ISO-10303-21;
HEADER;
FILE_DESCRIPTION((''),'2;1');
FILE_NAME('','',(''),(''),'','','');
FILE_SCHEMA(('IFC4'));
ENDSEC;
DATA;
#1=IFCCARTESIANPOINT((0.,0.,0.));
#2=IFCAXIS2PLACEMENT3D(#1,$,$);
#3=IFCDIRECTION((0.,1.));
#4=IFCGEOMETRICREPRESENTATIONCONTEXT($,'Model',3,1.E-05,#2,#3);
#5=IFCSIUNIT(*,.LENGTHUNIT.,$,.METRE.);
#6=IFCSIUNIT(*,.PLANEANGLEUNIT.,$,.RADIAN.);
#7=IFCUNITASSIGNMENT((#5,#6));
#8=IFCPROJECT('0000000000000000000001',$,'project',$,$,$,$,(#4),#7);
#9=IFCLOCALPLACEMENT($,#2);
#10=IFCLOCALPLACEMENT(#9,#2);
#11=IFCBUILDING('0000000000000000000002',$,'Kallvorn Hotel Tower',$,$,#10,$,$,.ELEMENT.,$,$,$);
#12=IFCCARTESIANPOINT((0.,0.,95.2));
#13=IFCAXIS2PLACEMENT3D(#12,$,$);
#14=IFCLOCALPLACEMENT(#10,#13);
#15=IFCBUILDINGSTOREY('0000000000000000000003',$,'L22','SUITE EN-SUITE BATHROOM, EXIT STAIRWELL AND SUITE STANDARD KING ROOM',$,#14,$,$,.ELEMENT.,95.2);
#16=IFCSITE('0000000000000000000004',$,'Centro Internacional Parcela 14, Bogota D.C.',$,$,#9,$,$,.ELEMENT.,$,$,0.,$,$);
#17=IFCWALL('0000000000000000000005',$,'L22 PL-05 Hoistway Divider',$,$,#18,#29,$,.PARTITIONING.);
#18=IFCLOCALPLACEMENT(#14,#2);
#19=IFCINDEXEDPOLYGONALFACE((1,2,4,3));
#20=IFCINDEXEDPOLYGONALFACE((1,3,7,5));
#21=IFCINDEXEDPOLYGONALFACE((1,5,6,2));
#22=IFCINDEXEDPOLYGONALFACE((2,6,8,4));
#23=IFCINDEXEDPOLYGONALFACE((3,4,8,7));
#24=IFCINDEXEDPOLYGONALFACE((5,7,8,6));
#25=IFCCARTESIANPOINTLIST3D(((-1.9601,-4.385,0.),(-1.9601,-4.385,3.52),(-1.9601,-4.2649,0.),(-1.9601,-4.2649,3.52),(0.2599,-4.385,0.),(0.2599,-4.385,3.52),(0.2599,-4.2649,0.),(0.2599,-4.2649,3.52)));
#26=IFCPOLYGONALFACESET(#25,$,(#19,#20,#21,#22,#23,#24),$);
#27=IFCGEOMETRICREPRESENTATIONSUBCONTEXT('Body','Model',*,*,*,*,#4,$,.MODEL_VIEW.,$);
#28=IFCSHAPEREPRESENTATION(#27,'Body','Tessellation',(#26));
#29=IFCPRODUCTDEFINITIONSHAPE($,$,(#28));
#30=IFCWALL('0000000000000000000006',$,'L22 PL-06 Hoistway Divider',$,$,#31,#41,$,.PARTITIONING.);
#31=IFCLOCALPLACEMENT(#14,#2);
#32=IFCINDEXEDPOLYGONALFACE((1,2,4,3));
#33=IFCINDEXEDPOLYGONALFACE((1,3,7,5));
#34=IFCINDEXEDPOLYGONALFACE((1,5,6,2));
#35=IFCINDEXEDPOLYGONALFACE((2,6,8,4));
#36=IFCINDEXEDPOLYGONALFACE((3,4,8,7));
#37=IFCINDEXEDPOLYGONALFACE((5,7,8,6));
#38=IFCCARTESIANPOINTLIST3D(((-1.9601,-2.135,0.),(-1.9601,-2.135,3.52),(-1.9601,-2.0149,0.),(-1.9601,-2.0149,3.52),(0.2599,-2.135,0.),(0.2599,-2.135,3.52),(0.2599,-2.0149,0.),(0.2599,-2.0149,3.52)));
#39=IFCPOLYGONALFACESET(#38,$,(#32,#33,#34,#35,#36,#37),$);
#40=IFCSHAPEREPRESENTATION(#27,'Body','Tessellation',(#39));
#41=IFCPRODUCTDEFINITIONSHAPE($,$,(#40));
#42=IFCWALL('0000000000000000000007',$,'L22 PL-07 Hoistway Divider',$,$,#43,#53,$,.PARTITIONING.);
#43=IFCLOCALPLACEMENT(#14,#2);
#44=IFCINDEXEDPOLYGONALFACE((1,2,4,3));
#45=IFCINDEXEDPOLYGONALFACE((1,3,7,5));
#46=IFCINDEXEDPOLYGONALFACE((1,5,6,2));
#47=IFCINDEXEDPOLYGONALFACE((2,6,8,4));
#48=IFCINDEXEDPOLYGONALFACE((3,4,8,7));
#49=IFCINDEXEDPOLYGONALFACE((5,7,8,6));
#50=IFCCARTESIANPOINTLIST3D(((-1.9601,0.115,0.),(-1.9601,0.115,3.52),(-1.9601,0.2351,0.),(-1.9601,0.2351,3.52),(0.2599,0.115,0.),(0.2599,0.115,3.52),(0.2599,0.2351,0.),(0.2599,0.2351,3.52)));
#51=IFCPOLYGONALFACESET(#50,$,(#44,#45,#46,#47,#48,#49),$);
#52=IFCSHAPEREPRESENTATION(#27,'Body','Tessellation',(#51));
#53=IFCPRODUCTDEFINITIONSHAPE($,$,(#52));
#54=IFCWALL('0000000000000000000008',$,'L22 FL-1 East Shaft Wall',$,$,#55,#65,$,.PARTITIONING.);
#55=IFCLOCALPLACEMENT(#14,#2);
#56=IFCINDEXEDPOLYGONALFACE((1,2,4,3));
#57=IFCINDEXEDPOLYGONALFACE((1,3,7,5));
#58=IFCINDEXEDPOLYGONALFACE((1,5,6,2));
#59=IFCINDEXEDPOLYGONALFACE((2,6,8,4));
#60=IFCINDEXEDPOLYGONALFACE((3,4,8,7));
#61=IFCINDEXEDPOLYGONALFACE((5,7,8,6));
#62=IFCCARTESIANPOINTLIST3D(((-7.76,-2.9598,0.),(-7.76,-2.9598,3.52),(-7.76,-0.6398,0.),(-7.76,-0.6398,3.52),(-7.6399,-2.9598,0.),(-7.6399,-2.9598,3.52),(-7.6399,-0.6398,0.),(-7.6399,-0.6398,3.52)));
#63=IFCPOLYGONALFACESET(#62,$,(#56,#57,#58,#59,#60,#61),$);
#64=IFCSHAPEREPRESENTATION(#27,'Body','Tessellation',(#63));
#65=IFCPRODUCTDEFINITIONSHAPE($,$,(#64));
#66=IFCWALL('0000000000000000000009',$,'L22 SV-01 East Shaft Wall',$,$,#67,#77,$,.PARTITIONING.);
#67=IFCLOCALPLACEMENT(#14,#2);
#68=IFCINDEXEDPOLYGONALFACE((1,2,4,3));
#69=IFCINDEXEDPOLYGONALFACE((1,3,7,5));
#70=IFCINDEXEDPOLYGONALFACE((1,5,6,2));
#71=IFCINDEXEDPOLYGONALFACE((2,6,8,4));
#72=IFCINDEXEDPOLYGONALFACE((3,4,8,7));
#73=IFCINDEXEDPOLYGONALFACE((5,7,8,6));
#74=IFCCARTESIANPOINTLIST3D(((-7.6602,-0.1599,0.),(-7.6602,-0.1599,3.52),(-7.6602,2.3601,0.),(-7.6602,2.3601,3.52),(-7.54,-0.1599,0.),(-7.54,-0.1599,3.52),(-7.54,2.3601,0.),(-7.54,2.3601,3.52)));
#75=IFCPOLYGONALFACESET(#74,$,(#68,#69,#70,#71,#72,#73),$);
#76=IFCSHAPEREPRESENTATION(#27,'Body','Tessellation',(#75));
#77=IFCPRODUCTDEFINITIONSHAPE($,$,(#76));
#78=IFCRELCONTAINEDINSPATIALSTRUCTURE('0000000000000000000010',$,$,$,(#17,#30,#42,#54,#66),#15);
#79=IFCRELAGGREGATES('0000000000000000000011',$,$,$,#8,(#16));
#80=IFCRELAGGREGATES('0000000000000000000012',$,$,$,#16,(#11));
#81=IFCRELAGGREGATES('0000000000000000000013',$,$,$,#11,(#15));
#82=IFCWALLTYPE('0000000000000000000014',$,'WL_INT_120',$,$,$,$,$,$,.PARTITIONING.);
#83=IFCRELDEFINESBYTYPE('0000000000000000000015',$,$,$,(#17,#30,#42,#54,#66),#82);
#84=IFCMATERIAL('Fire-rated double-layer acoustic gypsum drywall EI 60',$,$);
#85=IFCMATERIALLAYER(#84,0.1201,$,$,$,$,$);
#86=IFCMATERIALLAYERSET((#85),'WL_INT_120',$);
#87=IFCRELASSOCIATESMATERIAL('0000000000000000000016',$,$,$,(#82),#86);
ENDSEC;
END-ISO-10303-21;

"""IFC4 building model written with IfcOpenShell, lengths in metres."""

from ifc_helpers import new_model, si_unit, direction, frame, frame_2d, origin, place, context, subcontext, project, spatial, rectangle, extrude, material, layer, layer_set, type_object, element, save


model = new_model("IFC4")

# Units and contexts
model_context = context("Model", 3, precision=1e-05, world=origin(), true_north=direction((0.0, 1.0)))
body_context = subcontext(model_context, "Body", "Model", "MODEL_VIEW")
ifc_project = project(units=[si_unit("LENGTHUNIT", "METRE"), si_unit("PLANEANGLEUNIT", "RADIAN")], contexts=[model_context])

# Site, building, storey
site_placement = place(None, origin())
site = spatial("IfcSite", under=ifc_project, at=site_placement, Name="Centro Internacional Parcela 14, Bogota D.C.", CompositionType="ELEMENT", RefElevation=0.0)
building_placement = place(site_placement, origin())
building = spatial("IfcBuilding", under=site, at=building_placement, Name="Kallvorn Hotel Tower", CompositionType="ELEMENT")
storey_placement = place(building_placement, frame((0.0, 0.0, 95.2)))
storey = spatial("IfcBuildingStorey", under=building, at=storey_placement, Name="L22", Description="SUITE EN-SUITE BATHROOM, EXIT STAIRWELL AND SUITE STANDARD KING ROOM", CompositionType="ELEMENT", Elevation=95.2)

# Walls
ifc_material_1 = material(Name="Fire-rated double-layer acoustic gypsum drywall EI 60")
ifc_layer_1 = layer(ifc_material_1, 0.1201)
ifc_layer_set_1 = layer_set([ifc_layer_1], Name="WL_INT_120")
wall_type_1 = type_object("IfcWallType", Name="WL_INT_120", PredefinedType="PARTITIONING", material=ifc_layer_set_1)
for number, where, z_axis, x_axis, name in (
    (1, (-1.96, -4.325, 0.0), (0.0, 0.0, 1.0), (1.0, 0.0, 0.0), "L22 PL-05 Hoistway Divider"),
    (2, (-1.96, -2.075, 0.0), (0.0, 0.0, 1.0), (1.0, 0.0, 0.0), "L22 PL-06 Hoistway Divider"),
    (3, (-1.96, 0.175, 0.0), (0.0, 0.0, 1.0), (1.0, 0.0, 0.0), "L22 PL-07 Hoistway Divider"),
):
    element("IfcWall", number, at=place(storey_placement, frame(where, z_axis=z_axis, x_axis=x_axis)), inside=storey, type_object=wall_type_1, Name=name, PredefinedType="PARTITIONING", context=body_context, shape_type="SweptSolid", body=[
        extrude(rectangle(XDim=2.22, YDim=0.1201, at=frame_2d((1.1099, 0.0))), origin(), (0.0, 0.0, 1.0), 3.52),
    ])
wall_1_placement = place(storey_placement, frame((-7.7, -2.96, 0.0), z_axis=(0.0, 0.0, 1.0), x_axis=(0.0, 1.0, 0.0)))
element("IfcWall", 4, at=wall_1_placement, inside=storey, type_object=wall_type_1, Name="L22 FL-1 East Shaft Wall", PredefinedType="PARTITIONING", context=body_context, shape_type="SweptSolid", body=[
    extrude(rectangle(XDim=2.3201, YDim=0.1201, at=frame_2d((1.1602, 0.0))), origin(), (0.0, 0.0, 1.0), 3.52),
])
wall_2_placement = place(storey_placement, frame((-7.6001, -0.1599, 0.0), z_axis=(0.0, 0.0, 1.0), x_axis=(0.0, 1.0, 0.0)))
element("IfcWall", 5, at=wall_2_placement, inside=storey, type_object=wall_type_1, Name="L22 SV-01 East Shaft Wall", PredefinedType="PARTITIONING", context=body_context, shape_type="SweptSolid", body=[
    extrude(rectangle(XDim=2.52, YDim=0.1201, at=frame_2d((1.26, 0.0))), origin(), (0.0, 0.0, 1.0), 3.52),
])

save(model, "model.ifc")
